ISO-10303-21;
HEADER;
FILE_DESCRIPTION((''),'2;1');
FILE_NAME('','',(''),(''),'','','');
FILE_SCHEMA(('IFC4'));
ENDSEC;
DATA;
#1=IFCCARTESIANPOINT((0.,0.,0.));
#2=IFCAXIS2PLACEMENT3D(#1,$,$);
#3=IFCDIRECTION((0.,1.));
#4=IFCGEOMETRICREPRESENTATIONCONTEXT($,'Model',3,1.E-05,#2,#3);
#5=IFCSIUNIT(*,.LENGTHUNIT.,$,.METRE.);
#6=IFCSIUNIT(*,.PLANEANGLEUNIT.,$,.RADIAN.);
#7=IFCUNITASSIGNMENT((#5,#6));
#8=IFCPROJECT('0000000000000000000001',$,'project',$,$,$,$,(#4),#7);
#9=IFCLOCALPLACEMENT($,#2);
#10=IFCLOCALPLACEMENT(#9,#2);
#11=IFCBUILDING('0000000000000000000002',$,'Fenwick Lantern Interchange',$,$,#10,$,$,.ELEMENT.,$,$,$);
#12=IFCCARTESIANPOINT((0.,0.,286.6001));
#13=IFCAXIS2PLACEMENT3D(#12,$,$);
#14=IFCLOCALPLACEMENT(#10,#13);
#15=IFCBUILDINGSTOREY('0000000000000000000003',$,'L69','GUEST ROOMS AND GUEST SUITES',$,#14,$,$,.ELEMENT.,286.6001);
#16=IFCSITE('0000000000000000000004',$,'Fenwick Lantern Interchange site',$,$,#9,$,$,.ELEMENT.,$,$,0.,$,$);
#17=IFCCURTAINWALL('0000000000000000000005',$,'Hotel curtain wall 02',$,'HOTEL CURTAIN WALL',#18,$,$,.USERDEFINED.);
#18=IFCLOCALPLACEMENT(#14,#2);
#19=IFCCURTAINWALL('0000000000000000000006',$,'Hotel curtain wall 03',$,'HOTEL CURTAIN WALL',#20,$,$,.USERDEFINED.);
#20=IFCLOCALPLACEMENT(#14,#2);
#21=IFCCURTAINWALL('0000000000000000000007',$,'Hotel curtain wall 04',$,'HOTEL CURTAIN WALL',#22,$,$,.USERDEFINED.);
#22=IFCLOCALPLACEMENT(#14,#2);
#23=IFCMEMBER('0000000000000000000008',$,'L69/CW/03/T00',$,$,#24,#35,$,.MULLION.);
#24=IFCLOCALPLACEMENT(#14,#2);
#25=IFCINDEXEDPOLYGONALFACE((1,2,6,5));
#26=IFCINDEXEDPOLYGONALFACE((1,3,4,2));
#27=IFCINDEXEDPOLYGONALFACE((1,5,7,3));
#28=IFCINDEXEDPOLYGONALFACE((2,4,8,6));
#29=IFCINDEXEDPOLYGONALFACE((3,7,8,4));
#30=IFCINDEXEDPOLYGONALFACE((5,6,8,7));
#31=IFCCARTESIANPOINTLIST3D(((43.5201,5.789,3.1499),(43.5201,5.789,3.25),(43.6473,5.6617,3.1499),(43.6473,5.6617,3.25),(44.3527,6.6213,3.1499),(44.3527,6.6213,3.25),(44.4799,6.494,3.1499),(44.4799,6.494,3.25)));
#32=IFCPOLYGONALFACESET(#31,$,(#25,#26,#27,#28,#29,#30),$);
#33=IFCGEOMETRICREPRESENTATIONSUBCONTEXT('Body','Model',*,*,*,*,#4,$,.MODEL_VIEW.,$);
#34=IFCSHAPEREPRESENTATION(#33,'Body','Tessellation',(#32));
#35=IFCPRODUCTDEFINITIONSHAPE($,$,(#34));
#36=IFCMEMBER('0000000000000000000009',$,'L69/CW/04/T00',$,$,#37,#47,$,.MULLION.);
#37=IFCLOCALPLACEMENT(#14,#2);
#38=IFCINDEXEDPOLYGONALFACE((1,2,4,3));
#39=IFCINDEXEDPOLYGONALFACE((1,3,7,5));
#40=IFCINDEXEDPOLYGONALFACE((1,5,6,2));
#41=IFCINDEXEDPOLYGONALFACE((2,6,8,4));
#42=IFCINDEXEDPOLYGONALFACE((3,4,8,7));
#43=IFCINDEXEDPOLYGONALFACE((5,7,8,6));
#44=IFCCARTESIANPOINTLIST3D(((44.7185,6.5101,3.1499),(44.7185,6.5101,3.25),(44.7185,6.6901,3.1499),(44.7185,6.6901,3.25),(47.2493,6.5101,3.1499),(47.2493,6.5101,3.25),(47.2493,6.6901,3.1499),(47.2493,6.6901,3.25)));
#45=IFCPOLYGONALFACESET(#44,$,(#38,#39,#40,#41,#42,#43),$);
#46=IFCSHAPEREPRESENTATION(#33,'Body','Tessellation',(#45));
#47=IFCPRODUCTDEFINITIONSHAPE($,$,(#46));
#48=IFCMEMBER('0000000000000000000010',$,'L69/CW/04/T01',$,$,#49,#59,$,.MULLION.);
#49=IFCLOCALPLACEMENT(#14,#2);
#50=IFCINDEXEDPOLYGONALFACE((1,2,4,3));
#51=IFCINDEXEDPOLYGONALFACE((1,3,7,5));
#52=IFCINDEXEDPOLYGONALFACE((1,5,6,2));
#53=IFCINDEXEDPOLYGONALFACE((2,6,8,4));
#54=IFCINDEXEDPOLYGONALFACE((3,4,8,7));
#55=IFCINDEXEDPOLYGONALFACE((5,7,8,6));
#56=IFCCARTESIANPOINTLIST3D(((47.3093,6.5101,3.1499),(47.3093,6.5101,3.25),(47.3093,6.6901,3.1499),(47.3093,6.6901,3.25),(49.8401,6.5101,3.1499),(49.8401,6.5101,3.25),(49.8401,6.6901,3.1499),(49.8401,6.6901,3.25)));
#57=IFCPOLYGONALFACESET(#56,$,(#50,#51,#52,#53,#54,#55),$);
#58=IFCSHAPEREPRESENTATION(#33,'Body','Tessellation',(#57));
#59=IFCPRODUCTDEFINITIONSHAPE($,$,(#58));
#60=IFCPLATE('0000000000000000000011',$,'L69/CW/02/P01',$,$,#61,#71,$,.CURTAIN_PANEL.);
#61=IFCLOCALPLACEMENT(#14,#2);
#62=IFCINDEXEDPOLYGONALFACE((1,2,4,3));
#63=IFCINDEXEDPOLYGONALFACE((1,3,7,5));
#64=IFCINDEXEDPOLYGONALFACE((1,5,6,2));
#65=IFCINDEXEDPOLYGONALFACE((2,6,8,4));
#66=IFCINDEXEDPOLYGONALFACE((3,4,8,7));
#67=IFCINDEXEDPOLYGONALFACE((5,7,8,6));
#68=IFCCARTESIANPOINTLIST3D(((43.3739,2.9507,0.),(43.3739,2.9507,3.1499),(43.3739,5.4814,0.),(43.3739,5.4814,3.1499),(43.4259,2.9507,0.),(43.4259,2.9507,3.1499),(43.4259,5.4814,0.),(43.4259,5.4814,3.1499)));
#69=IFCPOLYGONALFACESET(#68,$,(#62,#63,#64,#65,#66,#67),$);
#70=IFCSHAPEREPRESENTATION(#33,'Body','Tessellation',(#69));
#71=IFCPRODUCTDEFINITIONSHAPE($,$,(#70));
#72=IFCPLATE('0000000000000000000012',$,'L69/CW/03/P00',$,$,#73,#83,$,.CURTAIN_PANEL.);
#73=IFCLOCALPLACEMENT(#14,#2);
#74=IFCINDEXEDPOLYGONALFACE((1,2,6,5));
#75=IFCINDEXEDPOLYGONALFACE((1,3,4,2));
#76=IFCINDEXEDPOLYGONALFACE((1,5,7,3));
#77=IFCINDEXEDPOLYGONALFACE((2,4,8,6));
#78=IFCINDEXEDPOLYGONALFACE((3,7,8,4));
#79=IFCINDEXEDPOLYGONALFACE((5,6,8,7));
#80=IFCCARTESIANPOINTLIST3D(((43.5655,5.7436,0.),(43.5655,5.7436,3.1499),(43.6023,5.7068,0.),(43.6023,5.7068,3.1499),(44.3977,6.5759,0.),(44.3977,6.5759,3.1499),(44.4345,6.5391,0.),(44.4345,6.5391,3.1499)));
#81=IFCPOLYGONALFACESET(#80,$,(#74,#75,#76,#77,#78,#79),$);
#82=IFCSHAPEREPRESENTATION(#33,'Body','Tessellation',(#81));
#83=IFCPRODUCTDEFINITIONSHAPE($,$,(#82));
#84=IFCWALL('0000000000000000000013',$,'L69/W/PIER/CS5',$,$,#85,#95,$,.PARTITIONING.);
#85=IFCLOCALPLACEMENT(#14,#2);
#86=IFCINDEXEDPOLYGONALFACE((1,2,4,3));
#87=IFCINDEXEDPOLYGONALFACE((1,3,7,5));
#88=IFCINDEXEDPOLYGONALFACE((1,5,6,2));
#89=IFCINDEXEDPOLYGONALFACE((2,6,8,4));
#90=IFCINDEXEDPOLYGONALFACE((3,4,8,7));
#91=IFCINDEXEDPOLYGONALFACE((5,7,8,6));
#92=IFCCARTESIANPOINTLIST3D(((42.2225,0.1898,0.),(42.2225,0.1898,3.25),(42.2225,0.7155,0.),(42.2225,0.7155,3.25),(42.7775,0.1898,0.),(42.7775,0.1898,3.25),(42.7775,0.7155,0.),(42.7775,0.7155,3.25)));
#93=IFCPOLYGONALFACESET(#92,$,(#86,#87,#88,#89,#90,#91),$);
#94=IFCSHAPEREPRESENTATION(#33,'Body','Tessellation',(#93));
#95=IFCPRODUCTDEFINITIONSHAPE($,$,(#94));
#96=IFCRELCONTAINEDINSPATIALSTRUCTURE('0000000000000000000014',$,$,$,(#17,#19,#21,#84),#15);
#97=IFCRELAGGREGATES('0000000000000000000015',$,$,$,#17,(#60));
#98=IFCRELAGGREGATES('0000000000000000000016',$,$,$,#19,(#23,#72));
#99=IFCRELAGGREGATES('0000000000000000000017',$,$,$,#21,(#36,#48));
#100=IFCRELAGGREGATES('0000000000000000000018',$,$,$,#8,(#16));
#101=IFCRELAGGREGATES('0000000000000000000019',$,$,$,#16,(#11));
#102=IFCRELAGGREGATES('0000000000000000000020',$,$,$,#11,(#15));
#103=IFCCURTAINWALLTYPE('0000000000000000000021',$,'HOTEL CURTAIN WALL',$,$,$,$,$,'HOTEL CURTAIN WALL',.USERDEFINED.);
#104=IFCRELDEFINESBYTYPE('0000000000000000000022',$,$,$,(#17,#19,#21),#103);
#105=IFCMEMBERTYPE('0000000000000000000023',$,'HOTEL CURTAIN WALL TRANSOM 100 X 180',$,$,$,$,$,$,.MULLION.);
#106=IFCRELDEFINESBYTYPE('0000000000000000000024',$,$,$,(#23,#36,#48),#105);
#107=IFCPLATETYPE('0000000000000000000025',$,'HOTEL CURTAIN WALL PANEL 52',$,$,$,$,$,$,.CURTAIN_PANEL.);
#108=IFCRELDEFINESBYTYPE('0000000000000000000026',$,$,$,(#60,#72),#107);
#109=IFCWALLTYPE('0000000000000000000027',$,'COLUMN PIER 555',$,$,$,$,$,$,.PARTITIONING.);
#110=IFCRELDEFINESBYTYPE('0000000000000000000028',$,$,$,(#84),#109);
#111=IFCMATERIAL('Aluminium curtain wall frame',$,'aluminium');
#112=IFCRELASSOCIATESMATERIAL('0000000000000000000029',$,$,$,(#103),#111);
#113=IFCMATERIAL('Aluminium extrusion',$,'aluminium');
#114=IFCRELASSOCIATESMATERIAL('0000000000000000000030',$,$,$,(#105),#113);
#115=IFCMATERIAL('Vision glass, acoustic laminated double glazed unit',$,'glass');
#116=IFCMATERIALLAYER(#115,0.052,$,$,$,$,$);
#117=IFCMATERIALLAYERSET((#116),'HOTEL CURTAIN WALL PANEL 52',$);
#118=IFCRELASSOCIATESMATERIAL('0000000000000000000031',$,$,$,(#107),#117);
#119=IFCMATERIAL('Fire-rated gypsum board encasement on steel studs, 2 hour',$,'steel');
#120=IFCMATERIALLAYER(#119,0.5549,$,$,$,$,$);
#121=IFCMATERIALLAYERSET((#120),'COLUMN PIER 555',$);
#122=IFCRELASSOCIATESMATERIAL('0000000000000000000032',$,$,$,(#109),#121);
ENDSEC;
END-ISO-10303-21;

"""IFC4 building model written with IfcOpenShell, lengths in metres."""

from ifc_helpers import new_model, si_unit, direction, frame, frame_2d, origin, origin_2d, place, context, subcontext, project, spatial, rectangle, extrude, material, layer, layer_set, material_profile, profile_set, type_object, element, aggregate, save


model = new_model("IFC4")

# Units and contexts
model_context = context("Model", 3, precision=1e-05, world=origin(), true_north=direction((0.0, 1.0)))
body_context = subcontext(model_context, "Body", "Model", "MODEL_VIEW")
ifc_project = project(units=[si_unit("LENGTHUNIT", "METRE"), si_unit("PLANEANGLEUNIT", "RADIAN")], contexts=[model_context])

# Site, building, storey
site_placement = place(None, origin())
site = spatial("IfcSite", under=ifc_project, at=site_placement, Name="Fenwick Lantern Interchange site", CompositionType="ELEMENT", RefElevation=0.0)
building_placement = place(site_placement, origin())
building = spatial("IfcBuilding", under=site, at=building_placement, Name="Fenwick Lantern Interchange", CompositionType="ELEMENT")
storey_placement = place(building_placement, frame((0.0, 0.0, 286.6001)))
storey = spatial("IfcBuildingStorey", under=building, at=storey_placement, Name="L69", Description="GUEST ROOMS AND GUEST SUITES", CompositionType="ELEMENT", Elevation=286.6001)

# Shared definitions
ifc_material_1 = material(Name="Aluminium curtain wall frame", Category="aluminium")
curtain_wall_type = type_object("IfcCurtainWallType", Name="HOTEL CURTAIN WALL", ElementType="HOTEL CURTAIN WALL", PredefinedType="USERDEFINED", material=ifc_material_1)
ifc_material_2 = material(Name="Aluminium extrusion", Category="aluminium")

# Curtain walls
curtain_wall_1_placement = place(storey_placement, origin())
curtain_wall_1 = element("IfcCurtainWall", 1, at=curtain_wall_1_placement, inside=storey, type_object=curtain_wall_type, Name="Hotel curtain wall 02", ObjectType="HOTEL CURTAIN WALL", PredefinedType="USERDEFINED")
curtain_wall_2_placement = place(storey_placement, origin())
curtain_wall_2 = element("IfcCurtainWall", 2, at=curtain_wall_2_placement, inside=storey, type_object=curtain_wall_type, Name="Hotel curtain wall 03", ObjectType="HOTEL CURTAIN WALL", PredefinedType="USERDEFINED")
curtain_wall_3_placement = place(storey_placement, origin())
curtain_wall_3 = element("IfcCurtainWall", 3, at=curtain_wall_3_placement, inside=storey, type_object=curtain_wall_type, Name="Hotel curtain wall 04", ObjectType="HOTEL CURTAIN WALL", PredefinedType="USERDEFINED")

# Members
ifc_material_profile_1 = material_profile(ifc_material_2, rectangle(XDim=0.1799, YDim=0.1001, at=origin_2d()), Name="HOTEL CURTAIN WALL TRANSOM 100 X 180")
ifc_profile_set_1 = profile_set([ifc_material_profile_1], Name="Aluminium extrusion")
member_type_1 = type_object("IfcMemberType", Name="HOTEL CURTAIN WALL TRANSOM 100 X 180", PredefinedType="MULLION", material=ifc_profile_set_1)
member_1_placement = place(storey_placement, frame((43.5837, 5.7253, 3.2), z_axis=(0.70721, 0.707003, 0.0), x_axis=(-0.707003, 0.70721, 0.0)))
member_1 = element("IfcMember", 4, at=member_1_placement, type_object=member_type_1, Name="L69/CW/03/T00", PredefinedType="MULLION", context=body_context, shape_type="SweptSolid", body=[
    extrude(rectangle(XDim=0.1799, YDim=0.1001, at=origin_2d()), origin(), (0.0, 0.0, 1.0), 1.1772),
])
member_2_placement = place(storey_placement, frame((44.7185, 6.6001, 3.2), z_axis=(1.0, 0.0, 0.0), x_axis=(0.0, 1.0, 0.0)))
member_2 = element("IfcMember", 5, at=member_2_placement, type_object=member_type_1, Name="L69/CW/04/T00", PredefinedType="MULLION", context=body_context, shape_type="SweptSolid", body=[
    extrude(rectangle(XDim=0.1799, YDim=0.1001, at=origin_2d()), origin(), (0.0, 0.0, 1.0), 2.5308),
])
member_3_placement = place(storey_placement, frame((47.3093, 6.6001, 3.2), z_axis=(1.0, 0.0, 0.0), x_axis=(0.0, 1.0, 0.0)))
member_3 = element("IfcMember", 6, at=member_3_placement, type_object=member_type_1, Name="L69/CW/04/T01", PredefinedType="MULLION", context=body_context, shape_type="SweptSolid", body=[
    extrude(rectangle(XDim=0.1799, YDim=0.1001, at=origin_2d()), origin(), (0.0, 0.0, 1.0), 2.5308),
])

# Plates
ifc_material_3 = material(Name="Vision glass, acoustic laminated double glazed unit", Category="glass")
ifc_layer_1 = layer(ifc_material_3, 0.052)
ifc_layer_set_1 = layer_set([ifc_layer_1], Name="HOTEL CURTAIN WALL PANEL 52")
plate_type = type_object("IfcPlateType", Name="HOTEL CURTAIN WALL PANEL 52", PredefinedType="CURTAIN_PANEL", material=ifc_layer_set_1)
plate_1_placement = place(storey_placement, frame((43.3999, 4.2161, 0.0), z_axis=(0.0, 0.0, 1.0), x_axis=(0.0, 1.0, 0.0)))
plate_1 = element("IfcPlate", 7, at=plate_1_placement, type_object=plate_type, Name="L69/CW/02/P01", PredefinedType="CURTAIN_PANEL", context=body_context, shape_type="SweptSolid", body=[
    extrude(rectangle(XDim=2.5308, YDim=0.052, at=origin_2d()), origin(), (0.0, 0.0, 1.0), 3.1499),
])
aggregate(curtain_wall_1, [plate_1])
plate_2_placement = place(storey_placement, frame((44.0, 6.1414, 0.0), z_axis=(0.0, 0.0, 1.0), x_axis=(0.707107, 0.707107, 0.0)))
plate_2 = element("IfcPlate", 8, at=plate_2_placement, type_object=plate_type, Name="L69/CW/03/P00", PredefinedType="CURTAIN_PANEL", context=body_context, shape_type="SweptSolid", body=[
    extrude(rectangle(XDim=1.177, YDim=0.052, at=origin_2d()), origin(), (0.0, 0.0, 1.0), 3.1499),
])
aggregate(curtain_wall_2, [member_1, plate_2])
aggregate(curtain_wall_3, [member_2, member_3])

# Wall
ifc_material_4 = material(Name="Fire-rated gypsum board encasement on steel studs, 2 hour", Category="steel")
ifc_layer_2 = layer(ifc_material_4, 0.5549)
ifc_layer_set_2 = layer_set([ifc_layer_2], Name="COLUMN PIER 555")
wall_type = type_object("IfcWallType", Name="COLUMN PIER 555", PredefinedType="PARTITIONING", material=ifc_layer_set_2)
wall_placement = place(storey_placement, frame((42.5, 0.1899, 0.0), z_axis=(0.0, 0.0, 1.0), x_axis=(0.0, 1.0, 0.0)))
element("IfcWall", 9, at=wall_placement, inside=storey, type_object=wall_type, Name="L69/W/PIER/CS5", PredefinedType="PARTITIONING", context=body_context, shape_type="SweptSolid", body=[
    extrude(rectangle(XDim=0.5256, YDim=0.5549, at=frame_2d((0.2627, 0.0))), origin(), (0.0, 0.0, 1.0), 3.25),
])

save(model, "model.ifc")
